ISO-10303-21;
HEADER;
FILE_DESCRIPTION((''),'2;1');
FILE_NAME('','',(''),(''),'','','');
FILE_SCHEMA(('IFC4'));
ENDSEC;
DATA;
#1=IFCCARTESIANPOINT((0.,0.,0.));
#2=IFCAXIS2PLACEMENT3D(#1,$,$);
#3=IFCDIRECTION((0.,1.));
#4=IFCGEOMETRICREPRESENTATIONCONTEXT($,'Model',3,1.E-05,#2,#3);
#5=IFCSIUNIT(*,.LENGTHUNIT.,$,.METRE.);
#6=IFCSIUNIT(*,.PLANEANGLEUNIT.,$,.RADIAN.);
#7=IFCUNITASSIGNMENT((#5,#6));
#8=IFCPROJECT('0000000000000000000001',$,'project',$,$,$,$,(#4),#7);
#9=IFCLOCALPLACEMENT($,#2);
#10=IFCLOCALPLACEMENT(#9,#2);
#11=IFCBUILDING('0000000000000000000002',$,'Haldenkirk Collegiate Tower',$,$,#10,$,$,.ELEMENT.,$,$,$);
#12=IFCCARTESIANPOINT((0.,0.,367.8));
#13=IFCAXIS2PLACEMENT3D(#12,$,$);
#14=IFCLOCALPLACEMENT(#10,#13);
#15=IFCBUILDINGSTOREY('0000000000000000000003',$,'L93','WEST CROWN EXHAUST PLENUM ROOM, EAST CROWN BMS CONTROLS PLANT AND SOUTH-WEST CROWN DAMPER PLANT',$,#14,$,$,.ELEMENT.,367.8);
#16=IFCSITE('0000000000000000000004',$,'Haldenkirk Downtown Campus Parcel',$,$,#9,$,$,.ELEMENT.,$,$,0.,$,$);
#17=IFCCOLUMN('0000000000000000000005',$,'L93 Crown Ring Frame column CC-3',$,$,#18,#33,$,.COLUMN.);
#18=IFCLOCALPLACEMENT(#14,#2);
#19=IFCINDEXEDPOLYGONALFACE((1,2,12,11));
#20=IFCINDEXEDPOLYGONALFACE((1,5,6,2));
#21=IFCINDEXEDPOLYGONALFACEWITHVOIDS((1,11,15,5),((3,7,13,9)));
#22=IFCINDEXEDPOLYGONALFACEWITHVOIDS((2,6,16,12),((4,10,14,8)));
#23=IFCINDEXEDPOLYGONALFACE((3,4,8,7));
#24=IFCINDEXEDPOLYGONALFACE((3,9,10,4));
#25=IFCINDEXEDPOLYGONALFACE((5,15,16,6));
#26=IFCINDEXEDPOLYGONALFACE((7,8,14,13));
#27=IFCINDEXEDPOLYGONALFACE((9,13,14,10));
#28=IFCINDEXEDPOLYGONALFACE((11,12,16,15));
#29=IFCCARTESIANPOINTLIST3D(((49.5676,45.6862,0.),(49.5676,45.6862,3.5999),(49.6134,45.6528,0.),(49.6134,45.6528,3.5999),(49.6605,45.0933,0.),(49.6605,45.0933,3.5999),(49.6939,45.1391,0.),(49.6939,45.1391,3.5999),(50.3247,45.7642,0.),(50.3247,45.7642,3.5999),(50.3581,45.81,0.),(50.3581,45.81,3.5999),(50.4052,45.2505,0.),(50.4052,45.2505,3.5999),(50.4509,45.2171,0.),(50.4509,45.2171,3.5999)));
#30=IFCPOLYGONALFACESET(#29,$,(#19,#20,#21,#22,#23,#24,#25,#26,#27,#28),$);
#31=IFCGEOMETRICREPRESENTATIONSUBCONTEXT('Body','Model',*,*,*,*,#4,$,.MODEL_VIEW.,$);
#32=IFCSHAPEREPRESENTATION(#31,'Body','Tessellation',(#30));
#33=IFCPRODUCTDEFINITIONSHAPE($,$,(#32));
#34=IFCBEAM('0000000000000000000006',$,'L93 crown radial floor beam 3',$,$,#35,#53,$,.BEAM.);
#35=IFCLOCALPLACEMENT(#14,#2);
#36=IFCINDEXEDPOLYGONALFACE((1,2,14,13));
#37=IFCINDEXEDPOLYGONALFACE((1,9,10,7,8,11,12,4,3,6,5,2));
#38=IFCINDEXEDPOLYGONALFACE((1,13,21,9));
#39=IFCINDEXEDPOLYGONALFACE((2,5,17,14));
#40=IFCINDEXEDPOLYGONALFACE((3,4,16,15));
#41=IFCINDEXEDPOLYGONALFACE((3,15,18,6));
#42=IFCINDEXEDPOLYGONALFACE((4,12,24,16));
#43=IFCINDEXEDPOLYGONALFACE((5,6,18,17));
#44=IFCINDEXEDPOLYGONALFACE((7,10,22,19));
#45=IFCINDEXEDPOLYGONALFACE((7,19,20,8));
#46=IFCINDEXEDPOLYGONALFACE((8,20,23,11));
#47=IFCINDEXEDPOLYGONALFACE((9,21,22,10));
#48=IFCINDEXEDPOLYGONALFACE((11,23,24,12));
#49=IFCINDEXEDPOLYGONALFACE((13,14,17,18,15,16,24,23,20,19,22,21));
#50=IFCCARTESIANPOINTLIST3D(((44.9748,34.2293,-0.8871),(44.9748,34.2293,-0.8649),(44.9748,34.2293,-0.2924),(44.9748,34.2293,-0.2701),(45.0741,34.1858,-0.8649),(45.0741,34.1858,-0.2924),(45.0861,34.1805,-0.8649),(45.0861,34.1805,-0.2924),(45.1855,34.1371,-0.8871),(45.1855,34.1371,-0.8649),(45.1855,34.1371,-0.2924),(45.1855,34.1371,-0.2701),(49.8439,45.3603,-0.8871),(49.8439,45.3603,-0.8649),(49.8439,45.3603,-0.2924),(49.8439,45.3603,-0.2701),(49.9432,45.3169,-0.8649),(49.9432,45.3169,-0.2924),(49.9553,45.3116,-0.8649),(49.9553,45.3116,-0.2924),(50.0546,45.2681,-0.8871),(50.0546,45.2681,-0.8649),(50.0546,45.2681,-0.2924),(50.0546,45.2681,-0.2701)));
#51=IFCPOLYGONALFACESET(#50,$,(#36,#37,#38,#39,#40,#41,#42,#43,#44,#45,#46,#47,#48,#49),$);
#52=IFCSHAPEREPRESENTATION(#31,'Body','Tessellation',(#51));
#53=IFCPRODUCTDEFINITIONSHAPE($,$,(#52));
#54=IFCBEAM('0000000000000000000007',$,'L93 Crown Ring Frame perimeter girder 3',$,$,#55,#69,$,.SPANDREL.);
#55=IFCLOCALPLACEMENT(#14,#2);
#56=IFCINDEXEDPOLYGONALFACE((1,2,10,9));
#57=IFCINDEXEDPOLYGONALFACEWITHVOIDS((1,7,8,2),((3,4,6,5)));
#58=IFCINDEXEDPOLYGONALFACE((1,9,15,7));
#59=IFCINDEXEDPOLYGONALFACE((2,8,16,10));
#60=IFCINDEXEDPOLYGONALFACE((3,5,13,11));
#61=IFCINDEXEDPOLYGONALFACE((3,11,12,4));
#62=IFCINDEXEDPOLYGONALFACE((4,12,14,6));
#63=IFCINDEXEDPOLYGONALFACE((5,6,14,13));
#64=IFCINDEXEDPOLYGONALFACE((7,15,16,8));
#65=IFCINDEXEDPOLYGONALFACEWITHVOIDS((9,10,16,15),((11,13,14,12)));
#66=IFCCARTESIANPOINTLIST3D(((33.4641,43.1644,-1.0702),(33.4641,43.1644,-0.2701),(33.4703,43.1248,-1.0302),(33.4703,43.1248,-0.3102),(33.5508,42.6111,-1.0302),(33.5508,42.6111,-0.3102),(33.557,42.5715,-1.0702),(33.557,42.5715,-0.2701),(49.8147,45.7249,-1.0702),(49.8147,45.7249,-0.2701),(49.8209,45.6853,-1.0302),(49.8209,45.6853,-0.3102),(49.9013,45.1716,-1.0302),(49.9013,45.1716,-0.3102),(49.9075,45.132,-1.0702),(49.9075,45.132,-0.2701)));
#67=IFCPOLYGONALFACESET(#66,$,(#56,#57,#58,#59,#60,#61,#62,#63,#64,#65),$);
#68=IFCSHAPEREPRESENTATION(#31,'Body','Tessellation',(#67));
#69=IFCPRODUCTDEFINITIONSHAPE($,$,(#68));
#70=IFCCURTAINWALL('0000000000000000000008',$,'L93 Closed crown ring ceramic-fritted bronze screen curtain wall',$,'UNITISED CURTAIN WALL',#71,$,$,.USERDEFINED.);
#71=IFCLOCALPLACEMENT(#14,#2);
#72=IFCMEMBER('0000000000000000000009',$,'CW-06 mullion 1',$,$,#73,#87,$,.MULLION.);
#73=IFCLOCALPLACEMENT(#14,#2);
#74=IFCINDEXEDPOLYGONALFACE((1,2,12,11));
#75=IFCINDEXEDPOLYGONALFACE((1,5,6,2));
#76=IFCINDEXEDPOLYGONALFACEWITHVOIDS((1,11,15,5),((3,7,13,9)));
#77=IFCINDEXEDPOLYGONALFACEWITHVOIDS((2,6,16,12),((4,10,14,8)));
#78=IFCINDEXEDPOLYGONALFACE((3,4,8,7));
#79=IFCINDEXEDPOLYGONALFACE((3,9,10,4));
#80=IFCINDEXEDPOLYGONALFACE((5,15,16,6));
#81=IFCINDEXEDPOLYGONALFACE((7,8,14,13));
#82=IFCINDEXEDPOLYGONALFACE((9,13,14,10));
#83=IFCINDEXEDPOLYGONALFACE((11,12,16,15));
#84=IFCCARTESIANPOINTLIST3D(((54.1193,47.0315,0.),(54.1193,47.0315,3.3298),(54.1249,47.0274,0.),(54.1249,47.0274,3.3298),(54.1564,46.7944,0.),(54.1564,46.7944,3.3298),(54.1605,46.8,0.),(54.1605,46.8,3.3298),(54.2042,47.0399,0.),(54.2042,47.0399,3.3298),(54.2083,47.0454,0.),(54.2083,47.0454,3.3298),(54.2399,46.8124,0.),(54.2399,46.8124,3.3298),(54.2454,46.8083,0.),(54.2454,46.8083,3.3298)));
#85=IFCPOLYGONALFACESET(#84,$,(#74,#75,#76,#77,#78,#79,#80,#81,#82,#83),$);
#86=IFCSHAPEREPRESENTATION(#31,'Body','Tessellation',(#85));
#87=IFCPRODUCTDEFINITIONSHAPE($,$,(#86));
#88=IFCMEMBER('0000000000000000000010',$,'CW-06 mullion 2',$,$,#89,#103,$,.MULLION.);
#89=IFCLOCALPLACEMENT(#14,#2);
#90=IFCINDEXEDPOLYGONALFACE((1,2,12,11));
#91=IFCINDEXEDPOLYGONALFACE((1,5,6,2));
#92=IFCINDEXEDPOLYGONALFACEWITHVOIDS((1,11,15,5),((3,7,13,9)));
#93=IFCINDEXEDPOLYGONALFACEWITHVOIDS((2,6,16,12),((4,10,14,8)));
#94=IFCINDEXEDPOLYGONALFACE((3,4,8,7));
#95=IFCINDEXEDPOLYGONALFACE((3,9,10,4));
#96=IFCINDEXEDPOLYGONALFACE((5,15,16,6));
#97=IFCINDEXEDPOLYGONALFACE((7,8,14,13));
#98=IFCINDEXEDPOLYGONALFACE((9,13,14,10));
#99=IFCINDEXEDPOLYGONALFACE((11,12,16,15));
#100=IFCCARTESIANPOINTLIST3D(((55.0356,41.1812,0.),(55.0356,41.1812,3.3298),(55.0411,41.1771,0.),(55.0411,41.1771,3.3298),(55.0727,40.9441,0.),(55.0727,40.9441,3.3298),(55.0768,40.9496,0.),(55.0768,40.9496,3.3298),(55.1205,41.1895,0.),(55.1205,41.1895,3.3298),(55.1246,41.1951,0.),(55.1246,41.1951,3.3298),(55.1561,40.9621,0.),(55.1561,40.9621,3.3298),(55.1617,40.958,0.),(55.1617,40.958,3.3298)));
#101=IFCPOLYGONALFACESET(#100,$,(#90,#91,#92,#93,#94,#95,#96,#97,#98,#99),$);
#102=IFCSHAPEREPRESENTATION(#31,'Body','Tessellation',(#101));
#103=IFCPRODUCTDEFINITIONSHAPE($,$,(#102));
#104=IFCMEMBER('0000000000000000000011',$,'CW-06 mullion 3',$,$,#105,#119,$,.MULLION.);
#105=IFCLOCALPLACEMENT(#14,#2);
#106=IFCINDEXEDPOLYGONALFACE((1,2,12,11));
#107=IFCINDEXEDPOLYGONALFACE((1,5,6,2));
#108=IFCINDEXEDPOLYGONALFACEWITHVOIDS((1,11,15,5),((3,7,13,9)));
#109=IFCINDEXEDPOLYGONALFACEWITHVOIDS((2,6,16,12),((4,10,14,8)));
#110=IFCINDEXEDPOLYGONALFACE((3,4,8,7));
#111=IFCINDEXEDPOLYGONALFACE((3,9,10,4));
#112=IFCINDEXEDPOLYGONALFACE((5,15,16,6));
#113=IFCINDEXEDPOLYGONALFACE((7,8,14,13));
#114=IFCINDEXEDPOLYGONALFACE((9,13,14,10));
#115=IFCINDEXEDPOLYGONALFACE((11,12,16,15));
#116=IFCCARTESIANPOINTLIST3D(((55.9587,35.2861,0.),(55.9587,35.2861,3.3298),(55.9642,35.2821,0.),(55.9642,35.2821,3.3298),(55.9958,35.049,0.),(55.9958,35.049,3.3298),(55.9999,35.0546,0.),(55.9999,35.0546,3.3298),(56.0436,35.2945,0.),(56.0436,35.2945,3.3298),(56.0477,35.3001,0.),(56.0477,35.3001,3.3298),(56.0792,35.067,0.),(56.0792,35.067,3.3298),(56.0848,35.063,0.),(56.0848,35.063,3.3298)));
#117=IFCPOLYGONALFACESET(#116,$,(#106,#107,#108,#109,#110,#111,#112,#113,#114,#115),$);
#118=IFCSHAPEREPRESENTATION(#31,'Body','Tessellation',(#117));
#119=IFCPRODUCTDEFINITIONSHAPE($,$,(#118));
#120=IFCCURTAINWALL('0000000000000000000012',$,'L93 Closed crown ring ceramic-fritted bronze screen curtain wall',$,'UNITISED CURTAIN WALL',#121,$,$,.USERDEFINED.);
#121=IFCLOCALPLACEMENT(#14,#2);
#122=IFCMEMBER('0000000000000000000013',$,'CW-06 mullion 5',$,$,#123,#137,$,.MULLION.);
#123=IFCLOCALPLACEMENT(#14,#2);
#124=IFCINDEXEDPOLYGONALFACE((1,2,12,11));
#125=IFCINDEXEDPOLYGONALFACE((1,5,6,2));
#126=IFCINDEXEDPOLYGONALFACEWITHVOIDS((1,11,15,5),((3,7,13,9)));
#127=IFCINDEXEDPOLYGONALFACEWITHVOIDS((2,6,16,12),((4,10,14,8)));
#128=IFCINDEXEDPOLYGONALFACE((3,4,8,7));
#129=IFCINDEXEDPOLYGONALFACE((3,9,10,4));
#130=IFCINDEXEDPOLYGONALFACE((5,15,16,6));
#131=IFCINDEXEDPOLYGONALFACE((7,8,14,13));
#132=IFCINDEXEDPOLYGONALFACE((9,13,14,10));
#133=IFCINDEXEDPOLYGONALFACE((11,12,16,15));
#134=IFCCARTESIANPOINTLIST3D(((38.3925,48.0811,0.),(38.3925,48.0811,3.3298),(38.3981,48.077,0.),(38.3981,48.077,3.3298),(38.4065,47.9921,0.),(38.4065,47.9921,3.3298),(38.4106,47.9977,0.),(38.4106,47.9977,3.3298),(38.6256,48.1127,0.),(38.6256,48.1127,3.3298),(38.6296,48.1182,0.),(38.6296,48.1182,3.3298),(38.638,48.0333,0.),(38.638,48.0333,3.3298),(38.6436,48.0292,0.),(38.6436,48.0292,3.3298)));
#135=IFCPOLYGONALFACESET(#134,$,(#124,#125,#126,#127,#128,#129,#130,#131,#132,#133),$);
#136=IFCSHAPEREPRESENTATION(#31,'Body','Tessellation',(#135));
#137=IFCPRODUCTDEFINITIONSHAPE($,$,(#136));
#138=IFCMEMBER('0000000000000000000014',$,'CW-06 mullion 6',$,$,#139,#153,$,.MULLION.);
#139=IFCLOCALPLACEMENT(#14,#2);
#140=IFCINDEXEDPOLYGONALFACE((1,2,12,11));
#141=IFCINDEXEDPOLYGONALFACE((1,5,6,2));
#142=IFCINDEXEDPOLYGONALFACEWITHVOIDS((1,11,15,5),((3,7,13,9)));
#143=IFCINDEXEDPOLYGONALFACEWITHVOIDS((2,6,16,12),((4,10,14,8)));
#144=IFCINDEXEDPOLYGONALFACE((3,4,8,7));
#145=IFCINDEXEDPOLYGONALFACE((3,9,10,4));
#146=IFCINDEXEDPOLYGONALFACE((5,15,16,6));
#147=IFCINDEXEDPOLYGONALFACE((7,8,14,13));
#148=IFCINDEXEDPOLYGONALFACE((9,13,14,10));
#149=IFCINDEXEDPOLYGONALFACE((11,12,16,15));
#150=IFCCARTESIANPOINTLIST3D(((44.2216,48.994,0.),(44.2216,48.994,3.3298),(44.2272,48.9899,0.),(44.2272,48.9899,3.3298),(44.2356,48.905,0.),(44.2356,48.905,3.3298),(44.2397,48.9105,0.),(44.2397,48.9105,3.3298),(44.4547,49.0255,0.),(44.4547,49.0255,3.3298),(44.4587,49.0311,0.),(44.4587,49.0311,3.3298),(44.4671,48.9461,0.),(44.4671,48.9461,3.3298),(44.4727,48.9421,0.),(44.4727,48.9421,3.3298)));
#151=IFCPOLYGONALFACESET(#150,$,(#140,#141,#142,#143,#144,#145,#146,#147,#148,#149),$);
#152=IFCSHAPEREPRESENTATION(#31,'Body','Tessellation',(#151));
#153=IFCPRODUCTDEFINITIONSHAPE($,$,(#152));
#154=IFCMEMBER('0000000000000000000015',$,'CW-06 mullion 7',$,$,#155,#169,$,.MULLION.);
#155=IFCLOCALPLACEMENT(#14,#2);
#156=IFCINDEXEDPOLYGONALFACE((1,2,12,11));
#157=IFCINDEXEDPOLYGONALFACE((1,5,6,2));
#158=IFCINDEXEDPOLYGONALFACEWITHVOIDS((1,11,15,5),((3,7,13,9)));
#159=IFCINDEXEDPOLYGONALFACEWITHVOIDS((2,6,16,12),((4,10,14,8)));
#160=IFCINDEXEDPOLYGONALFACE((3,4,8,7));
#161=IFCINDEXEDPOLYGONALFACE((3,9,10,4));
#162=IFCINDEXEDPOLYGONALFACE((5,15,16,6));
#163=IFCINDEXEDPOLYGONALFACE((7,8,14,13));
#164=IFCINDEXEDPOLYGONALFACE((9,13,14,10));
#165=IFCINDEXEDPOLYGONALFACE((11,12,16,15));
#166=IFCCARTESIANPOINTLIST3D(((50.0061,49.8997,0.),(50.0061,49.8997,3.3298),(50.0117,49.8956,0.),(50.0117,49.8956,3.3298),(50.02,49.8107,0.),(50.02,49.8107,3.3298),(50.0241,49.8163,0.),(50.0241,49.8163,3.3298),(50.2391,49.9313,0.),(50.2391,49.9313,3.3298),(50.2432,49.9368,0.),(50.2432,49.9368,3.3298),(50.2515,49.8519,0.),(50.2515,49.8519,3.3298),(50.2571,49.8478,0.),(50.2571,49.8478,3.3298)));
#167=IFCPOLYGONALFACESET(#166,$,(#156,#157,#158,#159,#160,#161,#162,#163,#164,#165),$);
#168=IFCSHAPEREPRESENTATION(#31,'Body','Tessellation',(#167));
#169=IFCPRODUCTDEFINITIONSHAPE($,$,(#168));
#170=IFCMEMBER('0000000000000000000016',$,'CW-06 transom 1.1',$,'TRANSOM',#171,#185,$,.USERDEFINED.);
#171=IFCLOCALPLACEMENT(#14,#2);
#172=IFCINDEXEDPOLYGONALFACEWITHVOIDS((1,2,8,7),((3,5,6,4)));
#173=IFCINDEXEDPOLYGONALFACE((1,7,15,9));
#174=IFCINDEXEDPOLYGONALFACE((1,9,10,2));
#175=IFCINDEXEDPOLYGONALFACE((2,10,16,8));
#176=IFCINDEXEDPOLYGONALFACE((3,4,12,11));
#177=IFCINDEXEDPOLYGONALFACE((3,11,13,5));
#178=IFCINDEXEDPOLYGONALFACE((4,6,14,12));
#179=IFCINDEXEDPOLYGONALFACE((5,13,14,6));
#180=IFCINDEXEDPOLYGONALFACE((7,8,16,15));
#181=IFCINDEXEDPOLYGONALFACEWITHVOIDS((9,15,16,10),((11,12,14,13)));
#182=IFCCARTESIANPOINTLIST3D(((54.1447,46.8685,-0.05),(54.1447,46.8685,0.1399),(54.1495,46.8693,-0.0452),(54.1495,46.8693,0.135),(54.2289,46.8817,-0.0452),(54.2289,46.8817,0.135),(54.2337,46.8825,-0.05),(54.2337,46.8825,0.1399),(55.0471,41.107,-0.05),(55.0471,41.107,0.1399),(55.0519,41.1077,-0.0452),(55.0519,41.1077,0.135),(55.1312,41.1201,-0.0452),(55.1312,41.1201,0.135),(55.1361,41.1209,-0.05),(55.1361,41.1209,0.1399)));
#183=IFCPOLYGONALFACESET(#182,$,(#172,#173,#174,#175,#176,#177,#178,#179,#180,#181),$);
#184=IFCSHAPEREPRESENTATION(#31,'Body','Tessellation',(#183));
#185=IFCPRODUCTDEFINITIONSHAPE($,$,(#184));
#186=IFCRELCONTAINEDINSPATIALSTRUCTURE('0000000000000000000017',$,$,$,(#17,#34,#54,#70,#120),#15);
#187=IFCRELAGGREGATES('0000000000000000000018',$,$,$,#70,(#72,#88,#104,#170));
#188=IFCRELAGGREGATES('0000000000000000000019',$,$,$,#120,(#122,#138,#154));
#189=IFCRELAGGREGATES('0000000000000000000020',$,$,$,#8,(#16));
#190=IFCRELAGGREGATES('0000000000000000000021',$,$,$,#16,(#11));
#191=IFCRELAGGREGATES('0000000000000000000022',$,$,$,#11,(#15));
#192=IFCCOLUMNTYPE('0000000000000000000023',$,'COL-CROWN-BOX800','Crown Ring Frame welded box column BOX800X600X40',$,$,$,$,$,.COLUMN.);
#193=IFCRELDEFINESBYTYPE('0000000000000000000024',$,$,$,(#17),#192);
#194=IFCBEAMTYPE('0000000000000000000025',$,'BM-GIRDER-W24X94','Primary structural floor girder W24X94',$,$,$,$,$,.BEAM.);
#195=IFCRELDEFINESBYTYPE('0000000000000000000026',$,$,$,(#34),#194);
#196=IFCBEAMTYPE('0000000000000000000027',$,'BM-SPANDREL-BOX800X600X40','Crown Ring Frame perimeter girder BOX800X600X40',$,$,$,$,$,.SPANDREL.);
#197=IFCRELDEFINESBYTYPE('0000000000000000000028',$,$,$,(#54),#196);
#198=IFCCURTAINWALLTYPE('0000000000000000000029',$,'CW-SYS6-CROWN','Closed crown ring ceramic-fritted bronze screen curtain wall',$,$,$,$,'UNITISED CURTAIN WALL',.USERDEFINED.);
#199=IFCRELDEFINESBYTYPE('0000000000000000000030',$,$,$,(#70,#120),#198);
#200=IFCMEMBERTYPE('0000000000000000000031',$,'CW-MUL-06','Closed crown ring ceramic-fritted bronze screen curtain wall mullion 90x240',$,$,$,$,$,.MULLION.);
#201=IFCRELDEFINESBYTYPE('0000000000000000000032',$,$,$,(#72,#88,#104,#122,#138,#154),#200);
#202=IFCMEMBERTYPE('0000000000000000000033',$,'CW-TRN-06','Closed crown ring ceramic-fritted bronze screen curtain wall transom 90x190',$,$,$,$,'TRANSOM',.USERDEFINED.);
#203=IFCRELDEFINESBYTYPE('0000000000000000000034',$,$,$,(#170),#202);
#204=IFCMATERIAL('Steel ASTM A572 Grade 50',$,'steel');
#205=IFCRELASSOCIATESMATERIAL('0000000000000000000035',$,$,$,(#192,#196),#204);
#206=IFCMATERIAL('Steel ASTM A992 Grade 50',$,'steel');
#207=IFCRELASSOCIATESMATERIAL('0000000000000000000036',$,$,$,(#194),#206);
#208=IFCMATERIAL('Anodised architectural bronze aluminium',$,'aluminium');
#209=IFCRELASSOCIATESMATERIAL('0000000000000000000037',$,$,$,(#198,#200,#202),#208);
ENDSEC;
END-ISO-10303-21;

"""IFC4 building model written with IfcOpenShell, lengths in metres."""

from ifc_helpers import new_model, si_unit, direction, frame, origin, origin_2d, place, context, subcontext, project, spatial, hollow_rectangle, i_section, extrude, material, material_profile, profile_set, type_object, element, aggregate, save


model = new_model("IFC4")

# Units and contexts
model_context = context("Model", 3, precision=1e-05, world=origin(), true_north=direction((0.0, 1.0)))
body_context = subcontext(model_context, "Body", "Model", "MODEL_VIEW")
ifc_project = project(units=[si_unit("LENGTHUNIT", "METRE"), si_unit("PLANEANGLEUNIT", "RADIAN")], contexts=[model_context])

# Site, building, storey
site_placement = place(None, origin())
site = spatial("IfcSite", under=ifc_project, at=site_placement, Name="Haldenkirk Downtown Campus Parcel", CompositionType="ELEMENT", RefElevation=0.0)
building_placement = place(site_placement, origin())
building = spatial("IfcBuilding", under=site, at=building_placement, Name="Haldenkirk Collegiate Tower", CompositionType="ELEMENT")
storey_placement = place(building_placement, frame((0.0, 0.0, 367.8)))
storey = spatial("IfcBuildingStorey", under=building, at=storey_placement, Name="L93", Description="WEST CROWN EXHAUST PLENUM ROOM, EAST CROWN BMS CONTROLS PLANT AND SOUTH-WEST CROWN DAMPER PLANT", CompositionType="ELEMENT", Elevation=367.8)

# Column
ifc_material_1 = material(Name="Steel ASTM A572 Grade 50", Category="steel")
ifc_material_profile_1 = material_profile(ifc_material_1, hollow_rectangle(XDim=0.6001, YDim=0.8, WallThickness=0.04, at=origin_2d()), Name="BOX800X600X40")
ifc_profile_set_1 = profile_set([ifc_material_profile_1], Name="Steel ASTM A572 Grade 50")
column_type = type_object("IfcColumnType", Name="COL-CROWN-BOX800", Description="Crown Ring Frame welded box column BOX800X600X40", PredefinedType="COLUMN", material=ifc_profile_set_1)
column_placement = place(storey_placement, frame((50.0093, 45.4517, 0.0), z_axis=(0.0, 0.0, 1.0), x_axis=(-0.15471, 0.98796, 0.0)))
element("IfcColumn", 1, at=column_placement, inside=storey, type_object=column_type, Name="L93 Crown Ring Frame column CC-3", PredefinedType="COLUMN", context=body_context, shape_type="SweptSolid", body=[
    extrude(hollow_rectangle(XDim=0.6001, YDim=0.8, WallThickness=0.04, at=origin_2d()), origin(), (0.0, 0.0, 1.0), 3.5999),
])

# Beams
ifc_material_2 = material(Name="Steel ASTM A992 Grade 50", Category="steel")
ifc_material_profile_2 = material_profile(ifc_material_2, i_section(OverallWidth=0.23, OverallDepth=0.6169, WebThickness=0.0132, FlangeThickness=0.0222, at=origin_2d()), Name="W24X94")
ifc_profile_set_2 = profile_set([ifc_material_profile_2], Name="Steel ASTM A992 Grade 50")
beam_type_1 = type_object("IfcBeamType", Name="BM-GIRDER-W24X94", Description="Primary structural floor girder W24X94", PredefinedType="BEAM", material=ifc_profile_set_2)
beam_1_placement = place(storey_placement, frame((49.9492, 45.3142, -0.5786), z_axis=(-0.400769, -0.916179, 0.0), x_axis=(0.916179, -0.400769, 0.0)))
element("IfcBeam", 2, at=beam_1_placement, inside=storey, type_object=beam_type_1, Name="L93 crown radial floor beam 3", PredefinedType="BEAM", context=body_context, shape_type="SweptSolid", body=[
    extrude(i_section(OverallWidth=0.23, OverallDepth=0.6169, WebThickness=0.0132, FlangeThickness=0.0222, at=origin_2d()), origin(), (0.0, 0.0, 1.0), 12.1494),
])
ifc_material_profile_3 = material_profile(ifc_material_1, hollow_rectangle(XDim=0.6001, YDim=0.8, WallThickness=0.04, at=origin_2d()), Name="BOX800X600X40")
ifc_profile_set_3 = profile_set([ifc_material_profile_3], Name="Steel ASTM A572 Grade 50")
beam_type_2 = type_object("IfcBeamType", Name="BM-SPANDREL-BOX800X600X40", Description="Crown Ring Frame perimeter girder BOX800X600X40", PredefinedType="SPANDREL", material=ifc_profile_set_3)
beam_2_placement = place(storey_placement, frame((49.8611, 45.4285, -0.6702), z_axis=(-0.987959, -0.154717, 0.0), x_axis=(0.154717, -0.987959, 0.0)))
element("IfcBeam", 3, at=beam_2_placement, inside=storey, type_object=beam_type_2, Name="L93 Crown Ring Frame perimeter girder 3", PredefinedType="SPANDREL", context=body_context, shape_type="SweptSolid", body=[
    extrude(hollow_rectangle(XDim=0.6001, YDim=0.8, WallThickness=0.04, at=origin_2d()), origin(), (0.0, 0.0, 1.0), 16.5498),
])

# Curtain walls, members
ifc_material_3 = material(Name="Anodised architectural bronze aluminium", Category="aluminium")
curtain_wall_type = type_object("IfcCurtainWallType", Name="CW-SYS6-CROWN", Description="Closed crown ring ceramic-fritted bronze screen curtain wall", ElementType="UNITISED CURTAIN WALL", PredefinedType="USERDEFINED", material=ifc_material_3)
curtain_wall_1_placement = place(storey_placement, origin())
curtain_wall_1 = element("IfcCurtainWall", 4, at=curtain_wall_1_placement, inside=storey, type_object=curtain_wall_type, Name="L93 Closed crown ring ceramic-fritted bronze screen curtain wall", ObjectType="UNITISED CURTAIN WALL", PredefinedType="USERDEFINED")
ifc_material_profile_4 = material_profile(ifc_material_3, hollow_rectangle(XDim=0.0901, YDim=0.24, WallThickness=0.0049, at=origin_2d()), Name="CW-MUL-06")
ifc_profile_set_4 = profile_set([ifc_material_profile_4], Name="Anodised architectural bronze aluminium")
member_type_1 = type_object("IfcMemberType", Name="CW-MUL-06", Description="Closed crown ring ceramic-fritted bronze screen curtain wall mullion 90x240", PredefinedType="MULLION", material=ifc_profile_set_4)
member_1_placement = place(storey_placement, frame((54.1824, 46.9199, 0.0), z_axis=(0.0, 0.0, 1.0), x_axis=(0.98796, 0.154713, 0.0)))
member_1 = element("IfcMember", 5, at=member_1_placement, type_object=member_type_1, Name="CW-06 mullion 1", PredefinedType="MULLION", context=body_context, shape_type="SweptSolid", body=[
    extrude(hollow_rectangle(XDim=0.0901, YDim=0.24, WallThickness=0.0049, at=origin_2d()), origin(), (0.0, 0.0, 1.0), 3.3298),
])
member_2_placement = place(storey_placement, frame((55.0986, 41.0696, 0.0), z_axis=(0.0, 0.0, 1.0), x_axis=(0.98796, 0.154713, 0.0)))
member_2 = element("IfcMember", 6, at=member_2_placement, type_object=member_type_1, Name="CW-06 mullion 2", PredefinedType="MULLION", context=body_context, shape_type="SweptSolid", body=[
    extrude(hollow_rectangle(XDim=0.0901, YDim=0.24, WallThickness=0.0049, at=origin_2d()), origin(), (0.0, 0.0, 1.0), 3.3298),
])
member_3_placement = place(storey_placement, frame((56.0217, 35.1746, 0.0), z_axis=(0.0, 0.0, 1.0), x_axis=(0.98796, 0.154713, 0.0)))
member_3 = element("IfcMember", 7, at=member_3_placement, type_object=member_type_1, Name="CW-06 mullion 3", PredefinedType="MULLION", context=body_context, shape_type="SweptSolid", body=[
    extrude(hollow_rectangle(XDim=0.0901, YDim=0.24, WallThickness=0.0049, at=origin_2d()), origin(), (0.0, 0.0, 1.0), 3.3298),
])
curtain_wall_2_placement = place(storey_placement, origin())
curtain_wall_2 = element("IfcCurtainWall", 8, at=curtain_wall_2_placement, inside=storey, type_object=curtain_wall_type, Name="L93 Closed crown ring ceramic-fritted bronze screen curtain wall", ObjectType="UNITISED CURTAIN WALL", PredefinedType="USERDEFINED")
member_4_placement = place(storey_placement, frame((38.5181, 48.0552, 0.0), z_axis=(0.0, 0.0, 1.0), x_axis=(-0.154709, 0.98796, 0.0)))
member_4 = element("IfcMember", 9, at=member_4_placement, type_object=member_type_1, Name="CW-06 mullion 5", PredefinedType="MULLION", context=body_context, shape_type="SweptSolid", body=[
    extrude(hollow_rectangle(XDim=0.0901, YDim=0.24, WallThickness=0.0049, at=origin_2d()), origin(), (0.0, 0.0, 1.0), 3.3298),
])
member_5_placement = place(storey_placement, frame((44.3472, 48.968, 0.0), z_axis=(0.0, 0.0, 1.0), x_axis=(-0.154709, 0.98796, 0.0)))
member_5 = element("IfcMember", 10, at=member_5_placement, type_object=member_type_1, Name="CW-06 mullion 6", PredefinedType="MULLION", context=body_context, shape_type="SweptSolid", body=[
    extrude(hollow_rectangle(XDim=0.0901, YDim=0.24, WallThickness=0.0049, at=origin_2d()), origin(), (0.0, 0.0, 1.0), 3.3298),
])
member_6_placement = place(storey_placement, frame((50.1316, 49.8738, 0.0), z_axis=(0.0, 0.0, 1.0), x_axis=(-0.154709, 0.98796, 0.0)))
member_6 = element("IfcMember", 11, at=member_6_placement, type_object=member_type_1, Name="CW-06 mullion 7", PredefinedType="MULLION", context=body_context, shape_type="SweptSolid", body=[
    extrude(hollow_rectangle(XDim=0.0901, YDim=0.24, WallThickness=0.0049, at=origin_2d()), origin(), (0.0, 0.0, 1.0), 3.3298),
])

# Member
ifc_material_profile_5 = material_profile(ifc_material_3, hollow_rectangle(XDim=0.0901, YDim=0.1899, WallThickness=0.0049, at=origin_2d()), Name="CW-TRN-06")
ifc_profile_set_5 = profile_set([ifc_material_profile_5], Name="Anodised architectural bronze aluminium")
member_type_2 = type_object("IfcMemberType", Name="CW-TRN-06", Description="Closed crown ring ceramic-fritted bronze screen curtain wall transom 90x190", ElementType="TRANSOM", PredefinedType="USERDEFINED", material=ifc_profile_set_5)
member_7_placement = place(storey_placement, frame((54.1892, 46.8755, 0.0449), z_axis=(0.154731, -0.987957, 0.0), x_axis=(0.987957, 0.154731, 0.0)))
member_7 = element("IfcMember", 12, at=member_7_placement, type_object=member_type_2, Name="CW-06 transom 1.1", ObjectType="TRANSOM", PredefinedType="USERDEFINED", context=body_context, shape_type="SweptSolid", body=[
    extrude(hollow_rectangle(XDim=0.0901, YDim=0.1899, WallThickness=0.0049, at=origin_2d()), origin(), (0.0, 0.0, 1.0), 5.8318),
])

aggregate(curtain_wall_1, [member_1, member_2, member_3, member_7])
aggregate(curtain_wall_2, [member_4, member_5, member_6])

save(model, "model.ifc")
